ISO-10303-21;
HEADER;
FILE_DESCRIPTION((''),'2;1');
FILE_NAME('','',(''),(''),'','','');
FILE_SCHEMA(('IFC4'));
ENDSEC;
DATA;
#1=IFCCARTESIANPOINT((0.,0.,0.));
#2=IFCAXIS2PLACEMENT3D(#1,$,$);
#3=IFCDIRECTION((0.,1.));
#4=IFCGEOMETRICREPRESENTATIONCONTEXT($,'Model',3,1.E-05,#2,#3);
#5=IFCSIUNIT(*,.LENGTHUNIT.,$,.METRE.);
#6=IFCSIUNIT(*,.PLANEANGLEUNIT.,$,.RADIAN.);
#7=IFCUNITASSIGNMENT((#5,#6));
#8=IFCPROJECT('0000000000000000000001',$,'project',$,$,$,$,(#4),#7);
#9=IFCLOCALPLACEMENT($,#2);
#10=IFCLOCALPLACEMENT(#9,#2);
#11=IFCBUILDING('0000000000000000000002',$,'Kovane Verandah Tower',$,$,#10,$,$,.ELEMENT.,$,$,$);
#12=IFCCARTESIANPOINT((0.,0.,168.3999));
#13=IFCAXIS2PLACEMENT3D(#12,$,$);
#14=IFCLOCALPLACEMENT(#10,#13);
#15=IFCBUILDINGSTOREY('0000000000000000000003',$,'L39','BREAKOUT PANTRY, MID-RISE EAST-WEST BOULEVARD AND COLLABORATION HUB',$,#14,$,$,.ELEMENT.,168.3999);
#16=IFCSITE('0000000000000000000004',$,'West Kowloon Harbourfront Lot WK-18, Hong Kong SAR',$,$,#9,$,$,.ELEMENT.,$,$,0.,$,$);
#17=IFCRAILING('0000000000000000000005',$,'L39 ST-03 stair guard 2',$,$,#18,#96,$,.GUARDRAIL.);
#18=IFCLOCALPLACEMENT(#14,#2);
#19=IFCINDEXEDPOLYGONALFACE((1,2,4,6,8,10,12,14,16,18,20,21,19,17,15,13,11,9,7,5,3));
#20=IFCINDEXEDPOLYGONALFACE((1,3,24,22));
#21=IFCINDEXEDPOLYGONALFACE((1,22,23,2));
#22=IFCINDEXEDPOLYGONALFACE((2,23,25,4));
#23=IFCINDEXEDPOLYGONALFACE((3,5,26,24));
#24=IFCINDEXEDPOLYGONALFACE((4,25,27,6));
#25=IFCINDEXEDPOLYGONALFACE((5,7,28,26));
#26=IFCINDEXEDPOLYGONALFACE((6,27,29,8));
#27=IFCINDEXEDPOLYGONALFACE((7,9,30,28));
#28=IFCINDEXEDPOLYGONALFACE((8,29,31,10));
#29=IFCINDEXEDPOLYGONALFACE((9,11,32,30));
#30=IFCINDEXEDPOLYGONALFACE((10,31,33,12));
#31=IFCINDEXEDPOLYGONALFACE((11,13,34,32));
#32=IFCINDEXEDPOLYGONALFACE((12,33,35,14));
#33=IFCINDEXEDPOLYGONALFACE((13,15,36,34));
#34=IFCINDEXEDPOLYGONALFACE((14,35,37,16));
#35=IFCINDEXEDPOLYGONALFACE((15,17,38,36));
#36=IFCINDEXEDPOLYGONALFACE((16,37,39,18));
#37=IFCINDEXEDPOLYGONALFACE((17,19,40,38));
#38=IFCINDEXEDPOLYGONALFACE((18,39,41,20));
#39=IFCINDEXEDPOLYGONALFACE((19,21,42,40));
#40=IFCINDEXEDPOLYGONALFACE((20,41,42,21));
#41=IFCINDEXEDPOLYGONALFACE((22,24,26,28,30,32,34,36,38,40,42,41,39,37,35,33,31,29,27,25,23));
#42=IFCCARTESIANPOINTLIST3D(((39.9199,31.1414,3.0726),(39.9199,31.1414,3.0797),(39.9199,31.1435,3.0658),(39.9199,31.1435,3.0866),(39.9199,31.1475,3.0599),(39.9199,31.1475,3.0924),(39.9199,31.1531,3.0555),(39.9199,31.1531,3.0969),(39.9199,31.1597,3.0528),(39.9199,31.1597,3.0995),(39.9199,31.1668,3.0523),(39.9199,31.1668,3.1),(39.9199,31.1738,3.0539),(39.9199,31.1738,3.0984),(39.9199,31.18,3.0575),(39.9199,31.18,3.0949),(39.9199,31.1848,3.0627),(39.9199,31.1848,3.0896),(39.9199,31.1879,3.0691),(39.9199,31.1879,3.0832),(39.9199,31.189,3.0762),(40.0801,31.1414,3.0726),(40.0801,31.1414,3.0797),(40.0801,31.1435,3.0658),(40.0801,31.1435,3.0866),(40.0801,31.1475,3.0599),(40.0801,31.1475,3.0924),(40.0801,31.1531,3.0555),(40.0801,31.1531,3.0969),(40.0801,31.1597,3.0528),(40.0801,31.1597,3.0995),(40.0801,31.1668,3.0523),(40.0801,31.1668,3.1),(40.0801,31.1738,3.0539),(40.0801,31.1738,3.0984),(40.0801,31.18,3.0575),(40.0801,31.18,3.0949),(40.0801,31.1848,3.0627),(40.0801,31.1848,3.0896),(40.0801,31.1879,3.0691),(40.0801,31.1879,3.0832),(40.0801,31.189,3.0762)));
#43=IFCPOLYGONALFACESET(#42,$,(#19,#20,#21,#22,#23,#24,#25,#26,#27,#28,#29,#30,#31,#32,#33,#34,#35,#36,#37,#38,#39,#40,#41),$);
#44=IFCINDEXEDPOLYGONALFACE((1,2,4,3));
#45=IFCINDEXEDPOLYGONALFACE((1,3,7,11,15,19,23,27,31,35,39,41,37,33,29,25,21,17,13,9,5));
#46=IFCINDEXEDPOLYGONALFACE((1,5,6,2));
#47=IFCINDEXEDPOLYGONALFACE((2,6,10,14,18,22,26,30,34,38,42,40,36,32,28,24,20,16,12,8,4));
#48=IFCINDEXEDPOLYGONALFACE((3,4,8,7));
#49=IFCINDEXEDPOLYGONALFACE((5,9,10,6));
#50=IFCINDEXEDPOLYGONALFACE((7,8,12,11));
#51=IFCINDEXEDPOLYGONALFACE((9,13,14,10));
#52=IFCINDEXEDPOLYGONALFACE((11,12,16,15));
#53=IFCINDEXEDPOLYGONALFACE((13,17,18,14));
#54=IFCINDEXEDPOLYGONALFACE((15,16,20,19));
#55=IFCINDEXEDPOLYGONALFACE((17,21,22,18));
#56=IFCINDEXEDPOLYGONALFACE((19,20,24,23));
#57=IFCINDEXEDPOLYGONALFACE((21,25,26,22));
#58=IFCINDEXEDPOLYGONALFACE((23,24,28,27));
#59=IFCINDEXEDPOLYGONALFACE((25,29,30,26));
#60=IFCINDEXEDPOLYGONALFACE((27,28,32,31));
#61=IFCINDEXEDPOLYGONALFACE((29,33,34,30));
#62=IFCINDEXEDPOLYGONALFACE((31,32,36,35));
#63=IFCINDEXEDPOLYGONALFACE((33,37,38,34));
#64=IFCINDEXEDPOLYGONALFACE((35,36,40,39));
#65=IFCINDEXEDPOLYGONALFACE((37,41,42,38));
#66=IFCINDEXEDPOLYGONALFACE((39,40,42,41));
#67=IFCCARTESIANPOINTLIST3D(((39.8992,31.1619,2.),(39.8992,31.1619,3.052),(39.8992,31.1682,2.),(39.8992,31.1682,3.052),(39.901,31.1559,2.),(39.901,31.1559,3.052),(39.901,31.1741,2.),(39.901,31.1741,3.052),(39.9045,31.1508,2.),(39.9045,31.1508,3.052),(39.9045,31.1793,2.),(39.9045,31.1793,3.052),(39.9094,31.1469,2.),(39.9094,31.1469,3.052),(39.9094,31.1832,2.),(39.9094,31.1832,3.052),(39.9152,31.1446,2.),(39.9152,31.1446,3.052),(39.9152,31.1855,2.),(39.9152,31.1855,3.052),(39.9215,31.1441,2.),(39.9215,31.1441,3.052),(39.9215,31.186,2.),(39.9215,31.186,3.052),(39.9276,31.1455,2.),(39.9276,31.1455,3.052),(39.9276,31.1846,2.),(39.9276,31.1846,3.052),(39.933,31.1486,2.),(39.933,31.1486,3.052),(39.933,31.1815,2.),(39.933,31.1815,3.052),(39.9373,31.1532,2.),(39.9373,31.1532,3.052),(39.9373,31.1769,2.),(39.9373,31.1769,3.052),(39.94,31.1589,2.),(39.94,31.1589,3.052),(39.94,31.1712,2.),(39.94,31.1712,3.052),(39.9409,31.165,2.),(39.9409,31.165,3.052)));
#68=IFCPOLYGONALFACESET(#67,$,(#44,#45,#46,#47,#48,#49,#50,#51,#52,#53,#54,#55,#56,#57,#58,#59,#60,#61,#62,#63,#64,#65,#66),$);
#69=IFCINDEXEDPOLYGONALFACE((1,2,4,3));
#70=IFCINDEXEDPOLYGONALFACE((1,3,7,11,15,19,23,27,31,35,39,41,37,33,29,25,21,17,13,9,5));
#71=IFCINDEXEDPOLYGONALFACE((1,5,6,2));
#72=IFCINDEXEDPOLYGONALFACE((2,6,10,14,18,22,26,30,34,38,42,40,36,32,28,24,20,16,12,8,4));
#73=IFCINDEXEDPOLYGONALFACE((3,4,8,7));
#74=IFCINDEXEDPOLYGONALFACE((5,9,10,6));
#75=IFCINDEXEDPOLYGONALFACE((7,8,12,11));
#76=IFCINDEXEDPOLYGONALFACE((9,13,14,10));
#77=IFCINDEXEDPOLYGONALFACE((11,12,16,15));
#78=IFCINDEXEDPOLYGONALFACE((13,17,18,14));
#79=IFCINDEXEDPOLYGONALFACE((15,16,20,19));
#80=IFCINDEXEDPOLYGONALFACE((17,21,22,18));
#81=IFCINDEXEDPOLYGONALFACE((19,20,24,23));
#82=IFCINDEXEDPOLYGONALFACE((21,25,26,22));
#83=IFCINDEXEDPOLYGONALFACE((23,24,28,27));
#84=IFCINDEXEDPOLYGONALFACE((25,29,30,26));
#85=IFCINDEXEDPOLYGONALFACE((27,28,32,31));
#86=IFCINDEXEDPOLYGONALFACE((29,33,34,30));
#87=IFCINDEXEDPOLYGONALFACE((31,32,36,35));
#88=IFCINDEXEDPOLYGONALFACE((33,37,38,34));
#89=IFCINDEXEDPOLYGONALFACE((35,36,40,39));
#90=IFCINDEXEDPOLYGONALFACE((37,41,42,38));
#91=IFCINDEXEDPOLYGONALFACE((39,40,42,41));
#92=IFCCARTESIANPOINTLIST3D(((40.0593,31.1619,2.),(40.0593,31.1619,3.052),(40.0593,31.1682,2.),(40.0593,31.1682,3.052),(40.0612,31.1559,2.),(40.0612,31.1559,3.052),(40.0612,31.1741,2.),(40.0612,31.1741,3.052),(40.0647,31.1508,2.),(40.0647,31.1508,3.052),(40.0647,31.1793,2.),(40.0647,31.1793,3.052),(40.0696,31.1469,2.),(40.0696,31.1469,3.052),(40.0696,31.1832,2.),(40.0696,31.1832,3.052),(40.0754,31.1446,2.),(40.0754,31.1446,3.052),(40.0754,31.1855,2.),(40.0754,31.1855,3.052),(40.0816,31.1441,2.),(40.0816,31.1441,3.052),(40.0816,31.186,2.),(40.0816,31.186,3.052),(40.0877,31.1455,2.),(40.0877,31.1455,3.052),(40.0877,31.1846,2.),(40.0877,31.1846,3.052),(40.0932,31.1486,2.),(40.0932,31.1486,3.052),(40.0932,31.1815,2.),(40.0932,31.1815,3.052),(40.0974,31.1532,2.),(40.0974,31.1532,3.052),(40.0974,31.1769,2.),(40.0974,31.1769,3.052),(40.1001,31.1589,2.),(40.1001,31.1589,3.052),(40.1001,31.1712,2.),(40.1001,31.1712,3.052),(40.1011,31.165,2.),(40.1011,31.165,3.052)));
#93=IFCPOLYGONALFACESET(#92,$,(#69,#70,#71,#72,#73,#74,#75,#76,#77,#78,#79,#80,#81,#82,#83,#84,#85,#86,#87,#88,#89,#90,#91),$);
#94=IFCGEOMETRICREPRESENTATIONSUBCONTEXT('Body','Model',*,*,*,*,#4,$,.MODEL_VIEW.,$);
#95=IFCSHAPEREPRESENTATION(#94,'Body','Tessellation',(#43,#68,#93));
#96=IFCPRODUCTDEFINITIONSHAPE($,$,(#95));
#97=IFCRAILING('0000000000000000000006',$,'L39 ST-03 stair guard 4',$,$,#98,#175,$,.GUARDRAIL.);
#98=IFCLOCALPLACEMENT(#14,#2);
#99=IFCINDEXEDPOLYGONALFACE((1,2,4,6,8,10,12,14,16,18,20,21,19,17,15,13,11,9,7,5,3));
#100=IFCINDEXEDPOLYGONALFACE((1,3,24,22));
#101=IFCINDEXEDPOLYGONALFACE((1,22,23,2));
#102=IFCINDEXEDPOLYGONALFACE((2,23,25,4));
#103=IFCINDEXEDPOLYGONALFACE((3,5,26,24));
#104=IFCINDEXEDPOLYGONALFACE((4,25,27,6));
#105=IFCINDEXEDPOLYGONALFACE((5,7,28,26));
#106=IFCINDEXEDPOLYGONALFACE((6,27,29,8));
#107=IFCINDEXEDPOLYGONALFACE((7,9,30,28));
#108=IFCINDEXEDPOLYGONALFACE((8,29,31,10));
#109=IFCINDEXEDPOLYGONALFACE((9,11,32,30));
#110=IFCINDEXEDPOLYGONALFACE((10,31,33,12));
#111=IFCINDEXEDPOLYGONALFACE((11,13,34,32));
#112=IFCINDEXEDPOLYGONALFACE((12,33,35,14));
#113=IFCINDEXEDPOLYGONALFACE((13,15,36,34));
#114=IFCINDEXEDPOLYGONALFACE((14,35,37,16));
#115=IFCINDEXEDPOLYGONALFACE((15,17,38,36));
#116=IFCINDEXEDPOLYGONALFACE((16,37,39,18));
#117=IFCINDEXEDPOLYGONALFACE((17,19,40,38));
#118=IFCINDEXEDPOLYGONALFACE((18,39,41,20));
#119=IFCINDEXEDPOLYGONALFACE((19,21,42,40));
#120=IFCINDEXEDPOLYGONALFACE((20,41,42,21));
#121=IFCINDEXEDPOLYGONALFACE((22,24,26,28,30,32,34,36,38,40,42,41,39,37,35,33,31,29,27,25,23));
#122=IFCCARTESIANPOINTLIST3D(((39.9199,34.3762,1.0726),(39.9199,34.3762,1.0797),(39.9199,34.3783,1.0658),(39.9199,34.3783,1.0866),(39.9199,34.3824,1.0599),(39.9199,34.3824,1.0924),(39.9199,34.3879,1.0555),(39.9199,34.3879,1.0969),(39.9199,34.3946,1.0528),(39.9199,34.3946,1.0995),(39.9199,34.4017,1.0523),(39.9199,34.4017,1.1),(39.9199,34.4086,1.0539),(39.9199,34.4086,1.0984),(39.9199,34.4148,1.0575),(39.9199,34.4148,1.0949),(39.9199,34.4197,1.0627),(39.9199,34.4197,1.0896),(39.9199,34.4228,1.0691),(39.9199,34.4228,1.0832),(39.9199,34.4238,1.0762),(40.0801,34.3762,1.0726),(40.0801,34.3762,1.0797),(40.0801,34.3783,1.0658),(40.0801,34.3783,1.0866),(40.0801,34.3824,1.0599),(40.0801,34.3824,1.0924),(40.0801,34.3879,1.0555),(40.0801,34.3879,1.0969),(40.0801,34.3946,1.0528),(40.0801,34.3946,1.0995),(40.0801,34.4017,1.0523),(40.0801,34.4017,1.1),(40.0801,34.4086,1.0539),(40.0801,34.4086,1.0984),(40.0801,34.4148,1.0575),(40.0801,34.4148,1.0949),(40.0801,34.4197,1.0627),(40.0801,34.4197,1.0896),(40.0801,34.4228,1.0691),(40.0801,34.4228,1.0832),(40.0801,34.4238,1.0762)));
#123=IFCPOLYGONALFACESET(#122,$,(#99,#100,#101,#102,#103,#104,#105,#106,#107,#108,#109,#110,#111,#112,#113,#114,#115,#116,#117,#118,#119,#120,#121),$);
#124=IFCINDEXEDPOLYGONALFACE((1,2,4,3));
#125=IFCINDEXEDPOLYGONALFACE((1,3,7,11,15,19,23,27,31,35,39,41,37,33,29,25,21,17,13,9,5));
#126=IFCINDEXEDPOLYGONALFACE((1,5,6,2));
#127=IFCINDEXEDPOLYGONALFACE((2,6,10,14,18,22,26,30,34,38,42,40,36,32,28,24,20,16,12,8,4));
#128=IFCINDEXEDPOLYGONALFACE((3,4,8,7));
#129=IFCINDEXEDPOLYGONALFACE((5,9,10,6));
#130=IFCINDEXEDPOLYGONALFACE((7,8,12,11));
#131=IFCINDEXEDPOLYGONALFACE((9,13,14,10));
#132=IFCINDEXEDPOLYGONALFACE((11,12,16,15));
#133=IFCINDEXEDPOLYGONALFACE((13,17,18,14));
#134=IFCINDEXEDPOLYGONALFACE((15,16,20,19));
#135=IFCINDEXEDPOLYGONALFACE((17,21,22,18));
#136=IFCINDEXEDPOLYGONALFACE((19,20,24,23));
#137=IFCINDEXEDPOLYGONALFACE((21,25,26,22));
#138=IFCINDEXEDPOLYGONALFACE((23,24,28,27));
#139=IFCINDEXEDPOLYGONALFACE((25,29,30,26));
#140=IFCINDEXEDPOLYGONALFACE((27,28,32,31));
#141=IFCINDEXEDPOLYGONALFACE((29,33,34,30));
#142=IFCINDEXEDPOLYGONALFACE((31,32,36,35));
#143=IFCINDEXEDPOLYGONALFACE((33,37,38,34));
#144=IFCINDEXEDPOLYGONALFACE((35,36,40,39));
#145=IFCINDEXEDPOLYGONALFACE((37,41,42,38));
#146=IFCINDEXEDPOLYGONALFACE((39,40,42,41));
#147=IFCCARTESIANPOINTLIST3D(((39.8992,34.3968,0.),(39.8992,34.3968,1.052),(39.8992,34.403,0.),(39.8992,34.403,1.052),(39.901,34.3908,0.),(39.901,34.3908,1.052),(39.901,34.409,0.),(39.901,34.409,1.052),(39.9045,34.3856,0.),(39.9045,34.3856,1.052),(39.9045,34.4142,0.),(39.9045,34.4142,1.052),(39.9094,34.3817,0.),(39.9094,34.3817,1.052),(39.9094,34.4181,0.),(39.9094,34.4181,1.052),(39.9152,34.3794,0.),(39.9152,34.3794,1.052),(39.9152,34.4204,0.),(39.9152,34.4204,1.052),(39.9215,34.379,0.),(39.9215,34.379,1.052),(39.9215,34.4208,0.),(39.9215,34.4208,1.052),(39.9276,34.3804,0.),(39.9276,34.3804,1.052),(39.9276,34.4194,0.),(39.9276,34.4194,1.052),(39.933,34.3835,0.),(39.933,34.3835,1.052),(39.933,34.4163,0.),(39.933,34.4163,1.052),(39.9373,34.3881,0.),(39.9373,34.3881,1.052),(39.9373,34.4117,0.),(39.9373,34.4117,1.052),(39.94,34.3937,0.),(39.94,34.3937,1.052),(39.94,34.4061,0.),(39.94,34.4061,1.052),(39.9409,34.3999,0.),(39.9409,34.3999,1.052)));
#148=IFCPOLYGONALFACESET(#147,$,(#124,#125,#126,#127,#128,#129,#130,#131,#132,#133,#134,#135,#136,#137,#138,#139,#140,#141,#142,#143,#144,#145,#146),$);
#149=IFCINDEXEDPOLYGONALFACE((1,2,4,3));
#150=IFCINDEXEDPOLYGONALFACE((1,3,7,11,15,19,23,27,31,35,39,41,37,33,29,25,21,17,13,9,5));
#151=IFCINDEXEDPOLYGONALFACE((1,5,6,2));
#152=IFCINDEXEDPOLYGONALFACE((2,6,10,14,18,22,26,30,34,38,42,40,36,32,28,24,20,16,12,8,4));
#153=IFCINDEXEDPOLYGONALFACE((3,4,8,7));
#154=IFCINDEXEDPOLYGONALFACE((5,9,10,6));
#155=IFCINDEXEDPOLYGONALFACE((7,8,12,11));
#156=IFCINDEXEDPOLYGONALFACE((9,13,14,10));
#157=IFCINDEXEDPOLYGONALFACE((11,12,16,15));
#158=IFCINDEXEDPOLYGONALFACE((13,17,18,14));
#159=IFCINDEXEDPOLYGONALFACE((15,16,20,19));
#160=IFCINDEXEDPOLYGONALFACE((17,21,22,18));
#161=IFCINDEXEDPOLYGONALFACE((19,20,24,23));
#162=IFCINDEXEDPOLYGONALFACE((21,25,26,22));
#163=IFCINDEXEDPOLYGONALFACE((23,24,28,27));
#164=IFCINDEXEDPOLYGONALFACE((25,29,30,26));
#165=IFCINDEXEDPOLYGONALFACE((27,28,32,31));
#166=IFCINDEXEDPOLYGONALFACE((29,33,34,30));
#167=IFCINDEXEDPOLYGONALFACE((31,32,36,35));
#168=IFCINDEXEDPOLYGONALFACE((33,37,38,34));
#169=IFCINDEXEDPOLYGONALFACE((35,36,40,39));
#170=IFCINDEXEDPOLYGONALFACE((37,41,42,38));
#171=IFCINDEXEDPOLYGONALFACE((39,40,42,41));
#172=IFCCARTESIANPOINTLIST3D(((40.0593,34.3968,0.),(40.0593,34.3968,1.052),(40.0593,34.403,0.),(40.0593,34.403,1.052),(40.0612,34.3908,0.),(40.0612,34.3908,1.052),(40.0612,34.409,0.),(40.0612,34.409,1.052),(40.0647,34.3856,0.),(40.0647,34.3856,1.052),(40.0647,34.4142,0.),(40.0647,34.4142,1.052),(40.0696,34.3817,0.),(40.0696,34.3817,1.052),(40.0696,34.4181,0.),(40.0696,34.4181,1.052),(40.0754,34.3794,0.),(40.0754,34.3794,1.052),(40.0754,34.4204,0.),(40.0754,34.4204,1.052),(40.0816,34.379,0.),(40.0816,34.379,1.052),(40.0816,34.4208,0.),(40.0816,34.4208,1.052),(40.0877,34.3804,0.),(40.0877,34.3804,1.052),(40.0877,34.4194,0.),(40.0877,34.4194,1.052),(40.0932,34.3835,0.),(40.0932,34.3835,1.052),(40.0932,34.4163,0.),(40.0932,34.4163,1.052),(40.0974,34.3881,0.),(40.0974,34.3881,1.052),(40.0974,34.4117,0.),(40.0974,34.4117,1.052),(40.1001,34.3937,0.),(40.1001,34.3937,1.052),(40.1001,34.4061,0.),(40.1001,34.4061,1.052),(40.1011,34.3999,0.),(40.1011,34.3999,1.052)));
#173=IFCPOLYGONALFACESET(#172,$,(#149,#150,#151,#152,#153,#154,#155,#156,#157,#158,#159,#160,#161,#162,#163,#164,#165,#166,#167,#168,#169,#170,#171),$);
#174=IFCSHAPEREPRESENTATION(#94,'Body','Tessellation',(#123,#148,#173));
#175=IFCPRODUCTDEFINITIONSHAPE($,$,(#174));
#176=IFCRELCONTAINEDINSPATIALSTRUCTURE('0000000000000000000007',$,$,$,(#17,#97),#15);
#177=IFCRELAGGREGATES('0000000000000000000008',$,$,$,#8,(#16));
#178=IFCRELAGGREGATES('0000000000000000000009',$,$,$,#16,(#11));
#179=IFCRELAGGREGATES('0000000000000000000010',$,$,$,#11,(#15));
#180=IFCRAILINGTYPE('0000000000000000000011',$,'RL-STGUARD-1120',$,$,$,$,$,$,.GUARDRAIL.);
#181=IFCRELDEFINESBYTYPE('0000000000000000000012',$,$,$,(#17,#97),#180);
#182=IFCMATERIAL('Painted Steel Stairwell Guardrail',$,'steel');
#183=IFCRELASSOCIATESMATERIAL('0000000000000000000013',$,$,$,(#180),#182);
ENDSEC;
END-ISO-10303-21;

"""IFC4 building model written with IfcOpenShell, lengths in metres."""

from ifc_helpers import new_model, si_unit, direction, frame, origin, origin_2d, place, context, subcontext, project, spatial, circle, extrude, material, type_object, element, save


model = new_model("IFC4")

# Units and contexts
model_context = context("Model", 3, precision=1e-05, world=origin(), true_north=direction((0.0, 1.0)))
body_context = subcontext(model_context, "Body", "Model", "MODEL_VIEW")
ifc_project = project(units=[si_unit("LENGTHUNIT", "METRE"), si_unit("PLANEANGLEUNIT", "RADIAN")], contexts=[model_context])

# Site, building, storey
site_placement = place(None, origin())
site = spatial("IfcSite", under=ifc_project, at=site_placement, Name="West Kowloon Harbourfront Lot WK-18, Hong Kong SAR", CompositionType="ELEMENT", RefElevation=0.0)
building_placement = place(site_placement, origin())
building = spatial("IfcBuilding", under=site, at=building_placement, Name="Kovane Verandah Tower", CompositionType="ELEMENT")
storey_placement = place(building_placement, frame((0.0, 0.0, 168.3999)))
storey = spatial("IfcBuildingStorey", under=building, at=storey_placement, Name="L39", Description="BREAKOUT PANTRY, MID-RISE EAST-WEST BOULEVARD AND COLLABORATION HUB", CompositionType="ELEMENT", Elevation=168.3999)

# Railings
ifc_material_1 = material(Name="Painted Steel Stairwell Guardrail", Category="steel")
railing_type_1 = type_object("IfcRailingType", Name="RL-STGUARD-1120", PredefinedType="GUARDRAIL", material=ifc_material_1)
for number, where, name in (
    (1, (39.9199, 31.165, 2.0), "L39 ST-03 stair guard 2"),
    (2, (39.9199, 34.3999, 0.0), "L39 ST-03 stair guard 4"),
):
    element("IfcRailing", number, at=place(storey_placement, frame(where)), inside=storey, type_object=railing_type_1, Name=name, PredefinedType="GUARDRAIL", context=body_context, shape_type="SweptSolid", body=[
        extrude(circle(Radius=0.0239, at=origin_2d()), frame((0.0, 0.0, 1.0762), z_axis=(1.0, 0.0, 0.0), x_axis=(0.0, 1.0, 0.0)), (0.0, 0.0, 1.0), 0.1602),
        extrude(circle(Radius=0.021, at=origin_2d()), origin(), (0.0, 0.0, 1.0), 1.052),
        extrude(circle(Radius=0.021, at=origin_2d()), frame((0.1602, 0.0, 0.0)), (0.0, 0.0, 1.0), 1.052),
    ])

save(model, "model.ifc")
